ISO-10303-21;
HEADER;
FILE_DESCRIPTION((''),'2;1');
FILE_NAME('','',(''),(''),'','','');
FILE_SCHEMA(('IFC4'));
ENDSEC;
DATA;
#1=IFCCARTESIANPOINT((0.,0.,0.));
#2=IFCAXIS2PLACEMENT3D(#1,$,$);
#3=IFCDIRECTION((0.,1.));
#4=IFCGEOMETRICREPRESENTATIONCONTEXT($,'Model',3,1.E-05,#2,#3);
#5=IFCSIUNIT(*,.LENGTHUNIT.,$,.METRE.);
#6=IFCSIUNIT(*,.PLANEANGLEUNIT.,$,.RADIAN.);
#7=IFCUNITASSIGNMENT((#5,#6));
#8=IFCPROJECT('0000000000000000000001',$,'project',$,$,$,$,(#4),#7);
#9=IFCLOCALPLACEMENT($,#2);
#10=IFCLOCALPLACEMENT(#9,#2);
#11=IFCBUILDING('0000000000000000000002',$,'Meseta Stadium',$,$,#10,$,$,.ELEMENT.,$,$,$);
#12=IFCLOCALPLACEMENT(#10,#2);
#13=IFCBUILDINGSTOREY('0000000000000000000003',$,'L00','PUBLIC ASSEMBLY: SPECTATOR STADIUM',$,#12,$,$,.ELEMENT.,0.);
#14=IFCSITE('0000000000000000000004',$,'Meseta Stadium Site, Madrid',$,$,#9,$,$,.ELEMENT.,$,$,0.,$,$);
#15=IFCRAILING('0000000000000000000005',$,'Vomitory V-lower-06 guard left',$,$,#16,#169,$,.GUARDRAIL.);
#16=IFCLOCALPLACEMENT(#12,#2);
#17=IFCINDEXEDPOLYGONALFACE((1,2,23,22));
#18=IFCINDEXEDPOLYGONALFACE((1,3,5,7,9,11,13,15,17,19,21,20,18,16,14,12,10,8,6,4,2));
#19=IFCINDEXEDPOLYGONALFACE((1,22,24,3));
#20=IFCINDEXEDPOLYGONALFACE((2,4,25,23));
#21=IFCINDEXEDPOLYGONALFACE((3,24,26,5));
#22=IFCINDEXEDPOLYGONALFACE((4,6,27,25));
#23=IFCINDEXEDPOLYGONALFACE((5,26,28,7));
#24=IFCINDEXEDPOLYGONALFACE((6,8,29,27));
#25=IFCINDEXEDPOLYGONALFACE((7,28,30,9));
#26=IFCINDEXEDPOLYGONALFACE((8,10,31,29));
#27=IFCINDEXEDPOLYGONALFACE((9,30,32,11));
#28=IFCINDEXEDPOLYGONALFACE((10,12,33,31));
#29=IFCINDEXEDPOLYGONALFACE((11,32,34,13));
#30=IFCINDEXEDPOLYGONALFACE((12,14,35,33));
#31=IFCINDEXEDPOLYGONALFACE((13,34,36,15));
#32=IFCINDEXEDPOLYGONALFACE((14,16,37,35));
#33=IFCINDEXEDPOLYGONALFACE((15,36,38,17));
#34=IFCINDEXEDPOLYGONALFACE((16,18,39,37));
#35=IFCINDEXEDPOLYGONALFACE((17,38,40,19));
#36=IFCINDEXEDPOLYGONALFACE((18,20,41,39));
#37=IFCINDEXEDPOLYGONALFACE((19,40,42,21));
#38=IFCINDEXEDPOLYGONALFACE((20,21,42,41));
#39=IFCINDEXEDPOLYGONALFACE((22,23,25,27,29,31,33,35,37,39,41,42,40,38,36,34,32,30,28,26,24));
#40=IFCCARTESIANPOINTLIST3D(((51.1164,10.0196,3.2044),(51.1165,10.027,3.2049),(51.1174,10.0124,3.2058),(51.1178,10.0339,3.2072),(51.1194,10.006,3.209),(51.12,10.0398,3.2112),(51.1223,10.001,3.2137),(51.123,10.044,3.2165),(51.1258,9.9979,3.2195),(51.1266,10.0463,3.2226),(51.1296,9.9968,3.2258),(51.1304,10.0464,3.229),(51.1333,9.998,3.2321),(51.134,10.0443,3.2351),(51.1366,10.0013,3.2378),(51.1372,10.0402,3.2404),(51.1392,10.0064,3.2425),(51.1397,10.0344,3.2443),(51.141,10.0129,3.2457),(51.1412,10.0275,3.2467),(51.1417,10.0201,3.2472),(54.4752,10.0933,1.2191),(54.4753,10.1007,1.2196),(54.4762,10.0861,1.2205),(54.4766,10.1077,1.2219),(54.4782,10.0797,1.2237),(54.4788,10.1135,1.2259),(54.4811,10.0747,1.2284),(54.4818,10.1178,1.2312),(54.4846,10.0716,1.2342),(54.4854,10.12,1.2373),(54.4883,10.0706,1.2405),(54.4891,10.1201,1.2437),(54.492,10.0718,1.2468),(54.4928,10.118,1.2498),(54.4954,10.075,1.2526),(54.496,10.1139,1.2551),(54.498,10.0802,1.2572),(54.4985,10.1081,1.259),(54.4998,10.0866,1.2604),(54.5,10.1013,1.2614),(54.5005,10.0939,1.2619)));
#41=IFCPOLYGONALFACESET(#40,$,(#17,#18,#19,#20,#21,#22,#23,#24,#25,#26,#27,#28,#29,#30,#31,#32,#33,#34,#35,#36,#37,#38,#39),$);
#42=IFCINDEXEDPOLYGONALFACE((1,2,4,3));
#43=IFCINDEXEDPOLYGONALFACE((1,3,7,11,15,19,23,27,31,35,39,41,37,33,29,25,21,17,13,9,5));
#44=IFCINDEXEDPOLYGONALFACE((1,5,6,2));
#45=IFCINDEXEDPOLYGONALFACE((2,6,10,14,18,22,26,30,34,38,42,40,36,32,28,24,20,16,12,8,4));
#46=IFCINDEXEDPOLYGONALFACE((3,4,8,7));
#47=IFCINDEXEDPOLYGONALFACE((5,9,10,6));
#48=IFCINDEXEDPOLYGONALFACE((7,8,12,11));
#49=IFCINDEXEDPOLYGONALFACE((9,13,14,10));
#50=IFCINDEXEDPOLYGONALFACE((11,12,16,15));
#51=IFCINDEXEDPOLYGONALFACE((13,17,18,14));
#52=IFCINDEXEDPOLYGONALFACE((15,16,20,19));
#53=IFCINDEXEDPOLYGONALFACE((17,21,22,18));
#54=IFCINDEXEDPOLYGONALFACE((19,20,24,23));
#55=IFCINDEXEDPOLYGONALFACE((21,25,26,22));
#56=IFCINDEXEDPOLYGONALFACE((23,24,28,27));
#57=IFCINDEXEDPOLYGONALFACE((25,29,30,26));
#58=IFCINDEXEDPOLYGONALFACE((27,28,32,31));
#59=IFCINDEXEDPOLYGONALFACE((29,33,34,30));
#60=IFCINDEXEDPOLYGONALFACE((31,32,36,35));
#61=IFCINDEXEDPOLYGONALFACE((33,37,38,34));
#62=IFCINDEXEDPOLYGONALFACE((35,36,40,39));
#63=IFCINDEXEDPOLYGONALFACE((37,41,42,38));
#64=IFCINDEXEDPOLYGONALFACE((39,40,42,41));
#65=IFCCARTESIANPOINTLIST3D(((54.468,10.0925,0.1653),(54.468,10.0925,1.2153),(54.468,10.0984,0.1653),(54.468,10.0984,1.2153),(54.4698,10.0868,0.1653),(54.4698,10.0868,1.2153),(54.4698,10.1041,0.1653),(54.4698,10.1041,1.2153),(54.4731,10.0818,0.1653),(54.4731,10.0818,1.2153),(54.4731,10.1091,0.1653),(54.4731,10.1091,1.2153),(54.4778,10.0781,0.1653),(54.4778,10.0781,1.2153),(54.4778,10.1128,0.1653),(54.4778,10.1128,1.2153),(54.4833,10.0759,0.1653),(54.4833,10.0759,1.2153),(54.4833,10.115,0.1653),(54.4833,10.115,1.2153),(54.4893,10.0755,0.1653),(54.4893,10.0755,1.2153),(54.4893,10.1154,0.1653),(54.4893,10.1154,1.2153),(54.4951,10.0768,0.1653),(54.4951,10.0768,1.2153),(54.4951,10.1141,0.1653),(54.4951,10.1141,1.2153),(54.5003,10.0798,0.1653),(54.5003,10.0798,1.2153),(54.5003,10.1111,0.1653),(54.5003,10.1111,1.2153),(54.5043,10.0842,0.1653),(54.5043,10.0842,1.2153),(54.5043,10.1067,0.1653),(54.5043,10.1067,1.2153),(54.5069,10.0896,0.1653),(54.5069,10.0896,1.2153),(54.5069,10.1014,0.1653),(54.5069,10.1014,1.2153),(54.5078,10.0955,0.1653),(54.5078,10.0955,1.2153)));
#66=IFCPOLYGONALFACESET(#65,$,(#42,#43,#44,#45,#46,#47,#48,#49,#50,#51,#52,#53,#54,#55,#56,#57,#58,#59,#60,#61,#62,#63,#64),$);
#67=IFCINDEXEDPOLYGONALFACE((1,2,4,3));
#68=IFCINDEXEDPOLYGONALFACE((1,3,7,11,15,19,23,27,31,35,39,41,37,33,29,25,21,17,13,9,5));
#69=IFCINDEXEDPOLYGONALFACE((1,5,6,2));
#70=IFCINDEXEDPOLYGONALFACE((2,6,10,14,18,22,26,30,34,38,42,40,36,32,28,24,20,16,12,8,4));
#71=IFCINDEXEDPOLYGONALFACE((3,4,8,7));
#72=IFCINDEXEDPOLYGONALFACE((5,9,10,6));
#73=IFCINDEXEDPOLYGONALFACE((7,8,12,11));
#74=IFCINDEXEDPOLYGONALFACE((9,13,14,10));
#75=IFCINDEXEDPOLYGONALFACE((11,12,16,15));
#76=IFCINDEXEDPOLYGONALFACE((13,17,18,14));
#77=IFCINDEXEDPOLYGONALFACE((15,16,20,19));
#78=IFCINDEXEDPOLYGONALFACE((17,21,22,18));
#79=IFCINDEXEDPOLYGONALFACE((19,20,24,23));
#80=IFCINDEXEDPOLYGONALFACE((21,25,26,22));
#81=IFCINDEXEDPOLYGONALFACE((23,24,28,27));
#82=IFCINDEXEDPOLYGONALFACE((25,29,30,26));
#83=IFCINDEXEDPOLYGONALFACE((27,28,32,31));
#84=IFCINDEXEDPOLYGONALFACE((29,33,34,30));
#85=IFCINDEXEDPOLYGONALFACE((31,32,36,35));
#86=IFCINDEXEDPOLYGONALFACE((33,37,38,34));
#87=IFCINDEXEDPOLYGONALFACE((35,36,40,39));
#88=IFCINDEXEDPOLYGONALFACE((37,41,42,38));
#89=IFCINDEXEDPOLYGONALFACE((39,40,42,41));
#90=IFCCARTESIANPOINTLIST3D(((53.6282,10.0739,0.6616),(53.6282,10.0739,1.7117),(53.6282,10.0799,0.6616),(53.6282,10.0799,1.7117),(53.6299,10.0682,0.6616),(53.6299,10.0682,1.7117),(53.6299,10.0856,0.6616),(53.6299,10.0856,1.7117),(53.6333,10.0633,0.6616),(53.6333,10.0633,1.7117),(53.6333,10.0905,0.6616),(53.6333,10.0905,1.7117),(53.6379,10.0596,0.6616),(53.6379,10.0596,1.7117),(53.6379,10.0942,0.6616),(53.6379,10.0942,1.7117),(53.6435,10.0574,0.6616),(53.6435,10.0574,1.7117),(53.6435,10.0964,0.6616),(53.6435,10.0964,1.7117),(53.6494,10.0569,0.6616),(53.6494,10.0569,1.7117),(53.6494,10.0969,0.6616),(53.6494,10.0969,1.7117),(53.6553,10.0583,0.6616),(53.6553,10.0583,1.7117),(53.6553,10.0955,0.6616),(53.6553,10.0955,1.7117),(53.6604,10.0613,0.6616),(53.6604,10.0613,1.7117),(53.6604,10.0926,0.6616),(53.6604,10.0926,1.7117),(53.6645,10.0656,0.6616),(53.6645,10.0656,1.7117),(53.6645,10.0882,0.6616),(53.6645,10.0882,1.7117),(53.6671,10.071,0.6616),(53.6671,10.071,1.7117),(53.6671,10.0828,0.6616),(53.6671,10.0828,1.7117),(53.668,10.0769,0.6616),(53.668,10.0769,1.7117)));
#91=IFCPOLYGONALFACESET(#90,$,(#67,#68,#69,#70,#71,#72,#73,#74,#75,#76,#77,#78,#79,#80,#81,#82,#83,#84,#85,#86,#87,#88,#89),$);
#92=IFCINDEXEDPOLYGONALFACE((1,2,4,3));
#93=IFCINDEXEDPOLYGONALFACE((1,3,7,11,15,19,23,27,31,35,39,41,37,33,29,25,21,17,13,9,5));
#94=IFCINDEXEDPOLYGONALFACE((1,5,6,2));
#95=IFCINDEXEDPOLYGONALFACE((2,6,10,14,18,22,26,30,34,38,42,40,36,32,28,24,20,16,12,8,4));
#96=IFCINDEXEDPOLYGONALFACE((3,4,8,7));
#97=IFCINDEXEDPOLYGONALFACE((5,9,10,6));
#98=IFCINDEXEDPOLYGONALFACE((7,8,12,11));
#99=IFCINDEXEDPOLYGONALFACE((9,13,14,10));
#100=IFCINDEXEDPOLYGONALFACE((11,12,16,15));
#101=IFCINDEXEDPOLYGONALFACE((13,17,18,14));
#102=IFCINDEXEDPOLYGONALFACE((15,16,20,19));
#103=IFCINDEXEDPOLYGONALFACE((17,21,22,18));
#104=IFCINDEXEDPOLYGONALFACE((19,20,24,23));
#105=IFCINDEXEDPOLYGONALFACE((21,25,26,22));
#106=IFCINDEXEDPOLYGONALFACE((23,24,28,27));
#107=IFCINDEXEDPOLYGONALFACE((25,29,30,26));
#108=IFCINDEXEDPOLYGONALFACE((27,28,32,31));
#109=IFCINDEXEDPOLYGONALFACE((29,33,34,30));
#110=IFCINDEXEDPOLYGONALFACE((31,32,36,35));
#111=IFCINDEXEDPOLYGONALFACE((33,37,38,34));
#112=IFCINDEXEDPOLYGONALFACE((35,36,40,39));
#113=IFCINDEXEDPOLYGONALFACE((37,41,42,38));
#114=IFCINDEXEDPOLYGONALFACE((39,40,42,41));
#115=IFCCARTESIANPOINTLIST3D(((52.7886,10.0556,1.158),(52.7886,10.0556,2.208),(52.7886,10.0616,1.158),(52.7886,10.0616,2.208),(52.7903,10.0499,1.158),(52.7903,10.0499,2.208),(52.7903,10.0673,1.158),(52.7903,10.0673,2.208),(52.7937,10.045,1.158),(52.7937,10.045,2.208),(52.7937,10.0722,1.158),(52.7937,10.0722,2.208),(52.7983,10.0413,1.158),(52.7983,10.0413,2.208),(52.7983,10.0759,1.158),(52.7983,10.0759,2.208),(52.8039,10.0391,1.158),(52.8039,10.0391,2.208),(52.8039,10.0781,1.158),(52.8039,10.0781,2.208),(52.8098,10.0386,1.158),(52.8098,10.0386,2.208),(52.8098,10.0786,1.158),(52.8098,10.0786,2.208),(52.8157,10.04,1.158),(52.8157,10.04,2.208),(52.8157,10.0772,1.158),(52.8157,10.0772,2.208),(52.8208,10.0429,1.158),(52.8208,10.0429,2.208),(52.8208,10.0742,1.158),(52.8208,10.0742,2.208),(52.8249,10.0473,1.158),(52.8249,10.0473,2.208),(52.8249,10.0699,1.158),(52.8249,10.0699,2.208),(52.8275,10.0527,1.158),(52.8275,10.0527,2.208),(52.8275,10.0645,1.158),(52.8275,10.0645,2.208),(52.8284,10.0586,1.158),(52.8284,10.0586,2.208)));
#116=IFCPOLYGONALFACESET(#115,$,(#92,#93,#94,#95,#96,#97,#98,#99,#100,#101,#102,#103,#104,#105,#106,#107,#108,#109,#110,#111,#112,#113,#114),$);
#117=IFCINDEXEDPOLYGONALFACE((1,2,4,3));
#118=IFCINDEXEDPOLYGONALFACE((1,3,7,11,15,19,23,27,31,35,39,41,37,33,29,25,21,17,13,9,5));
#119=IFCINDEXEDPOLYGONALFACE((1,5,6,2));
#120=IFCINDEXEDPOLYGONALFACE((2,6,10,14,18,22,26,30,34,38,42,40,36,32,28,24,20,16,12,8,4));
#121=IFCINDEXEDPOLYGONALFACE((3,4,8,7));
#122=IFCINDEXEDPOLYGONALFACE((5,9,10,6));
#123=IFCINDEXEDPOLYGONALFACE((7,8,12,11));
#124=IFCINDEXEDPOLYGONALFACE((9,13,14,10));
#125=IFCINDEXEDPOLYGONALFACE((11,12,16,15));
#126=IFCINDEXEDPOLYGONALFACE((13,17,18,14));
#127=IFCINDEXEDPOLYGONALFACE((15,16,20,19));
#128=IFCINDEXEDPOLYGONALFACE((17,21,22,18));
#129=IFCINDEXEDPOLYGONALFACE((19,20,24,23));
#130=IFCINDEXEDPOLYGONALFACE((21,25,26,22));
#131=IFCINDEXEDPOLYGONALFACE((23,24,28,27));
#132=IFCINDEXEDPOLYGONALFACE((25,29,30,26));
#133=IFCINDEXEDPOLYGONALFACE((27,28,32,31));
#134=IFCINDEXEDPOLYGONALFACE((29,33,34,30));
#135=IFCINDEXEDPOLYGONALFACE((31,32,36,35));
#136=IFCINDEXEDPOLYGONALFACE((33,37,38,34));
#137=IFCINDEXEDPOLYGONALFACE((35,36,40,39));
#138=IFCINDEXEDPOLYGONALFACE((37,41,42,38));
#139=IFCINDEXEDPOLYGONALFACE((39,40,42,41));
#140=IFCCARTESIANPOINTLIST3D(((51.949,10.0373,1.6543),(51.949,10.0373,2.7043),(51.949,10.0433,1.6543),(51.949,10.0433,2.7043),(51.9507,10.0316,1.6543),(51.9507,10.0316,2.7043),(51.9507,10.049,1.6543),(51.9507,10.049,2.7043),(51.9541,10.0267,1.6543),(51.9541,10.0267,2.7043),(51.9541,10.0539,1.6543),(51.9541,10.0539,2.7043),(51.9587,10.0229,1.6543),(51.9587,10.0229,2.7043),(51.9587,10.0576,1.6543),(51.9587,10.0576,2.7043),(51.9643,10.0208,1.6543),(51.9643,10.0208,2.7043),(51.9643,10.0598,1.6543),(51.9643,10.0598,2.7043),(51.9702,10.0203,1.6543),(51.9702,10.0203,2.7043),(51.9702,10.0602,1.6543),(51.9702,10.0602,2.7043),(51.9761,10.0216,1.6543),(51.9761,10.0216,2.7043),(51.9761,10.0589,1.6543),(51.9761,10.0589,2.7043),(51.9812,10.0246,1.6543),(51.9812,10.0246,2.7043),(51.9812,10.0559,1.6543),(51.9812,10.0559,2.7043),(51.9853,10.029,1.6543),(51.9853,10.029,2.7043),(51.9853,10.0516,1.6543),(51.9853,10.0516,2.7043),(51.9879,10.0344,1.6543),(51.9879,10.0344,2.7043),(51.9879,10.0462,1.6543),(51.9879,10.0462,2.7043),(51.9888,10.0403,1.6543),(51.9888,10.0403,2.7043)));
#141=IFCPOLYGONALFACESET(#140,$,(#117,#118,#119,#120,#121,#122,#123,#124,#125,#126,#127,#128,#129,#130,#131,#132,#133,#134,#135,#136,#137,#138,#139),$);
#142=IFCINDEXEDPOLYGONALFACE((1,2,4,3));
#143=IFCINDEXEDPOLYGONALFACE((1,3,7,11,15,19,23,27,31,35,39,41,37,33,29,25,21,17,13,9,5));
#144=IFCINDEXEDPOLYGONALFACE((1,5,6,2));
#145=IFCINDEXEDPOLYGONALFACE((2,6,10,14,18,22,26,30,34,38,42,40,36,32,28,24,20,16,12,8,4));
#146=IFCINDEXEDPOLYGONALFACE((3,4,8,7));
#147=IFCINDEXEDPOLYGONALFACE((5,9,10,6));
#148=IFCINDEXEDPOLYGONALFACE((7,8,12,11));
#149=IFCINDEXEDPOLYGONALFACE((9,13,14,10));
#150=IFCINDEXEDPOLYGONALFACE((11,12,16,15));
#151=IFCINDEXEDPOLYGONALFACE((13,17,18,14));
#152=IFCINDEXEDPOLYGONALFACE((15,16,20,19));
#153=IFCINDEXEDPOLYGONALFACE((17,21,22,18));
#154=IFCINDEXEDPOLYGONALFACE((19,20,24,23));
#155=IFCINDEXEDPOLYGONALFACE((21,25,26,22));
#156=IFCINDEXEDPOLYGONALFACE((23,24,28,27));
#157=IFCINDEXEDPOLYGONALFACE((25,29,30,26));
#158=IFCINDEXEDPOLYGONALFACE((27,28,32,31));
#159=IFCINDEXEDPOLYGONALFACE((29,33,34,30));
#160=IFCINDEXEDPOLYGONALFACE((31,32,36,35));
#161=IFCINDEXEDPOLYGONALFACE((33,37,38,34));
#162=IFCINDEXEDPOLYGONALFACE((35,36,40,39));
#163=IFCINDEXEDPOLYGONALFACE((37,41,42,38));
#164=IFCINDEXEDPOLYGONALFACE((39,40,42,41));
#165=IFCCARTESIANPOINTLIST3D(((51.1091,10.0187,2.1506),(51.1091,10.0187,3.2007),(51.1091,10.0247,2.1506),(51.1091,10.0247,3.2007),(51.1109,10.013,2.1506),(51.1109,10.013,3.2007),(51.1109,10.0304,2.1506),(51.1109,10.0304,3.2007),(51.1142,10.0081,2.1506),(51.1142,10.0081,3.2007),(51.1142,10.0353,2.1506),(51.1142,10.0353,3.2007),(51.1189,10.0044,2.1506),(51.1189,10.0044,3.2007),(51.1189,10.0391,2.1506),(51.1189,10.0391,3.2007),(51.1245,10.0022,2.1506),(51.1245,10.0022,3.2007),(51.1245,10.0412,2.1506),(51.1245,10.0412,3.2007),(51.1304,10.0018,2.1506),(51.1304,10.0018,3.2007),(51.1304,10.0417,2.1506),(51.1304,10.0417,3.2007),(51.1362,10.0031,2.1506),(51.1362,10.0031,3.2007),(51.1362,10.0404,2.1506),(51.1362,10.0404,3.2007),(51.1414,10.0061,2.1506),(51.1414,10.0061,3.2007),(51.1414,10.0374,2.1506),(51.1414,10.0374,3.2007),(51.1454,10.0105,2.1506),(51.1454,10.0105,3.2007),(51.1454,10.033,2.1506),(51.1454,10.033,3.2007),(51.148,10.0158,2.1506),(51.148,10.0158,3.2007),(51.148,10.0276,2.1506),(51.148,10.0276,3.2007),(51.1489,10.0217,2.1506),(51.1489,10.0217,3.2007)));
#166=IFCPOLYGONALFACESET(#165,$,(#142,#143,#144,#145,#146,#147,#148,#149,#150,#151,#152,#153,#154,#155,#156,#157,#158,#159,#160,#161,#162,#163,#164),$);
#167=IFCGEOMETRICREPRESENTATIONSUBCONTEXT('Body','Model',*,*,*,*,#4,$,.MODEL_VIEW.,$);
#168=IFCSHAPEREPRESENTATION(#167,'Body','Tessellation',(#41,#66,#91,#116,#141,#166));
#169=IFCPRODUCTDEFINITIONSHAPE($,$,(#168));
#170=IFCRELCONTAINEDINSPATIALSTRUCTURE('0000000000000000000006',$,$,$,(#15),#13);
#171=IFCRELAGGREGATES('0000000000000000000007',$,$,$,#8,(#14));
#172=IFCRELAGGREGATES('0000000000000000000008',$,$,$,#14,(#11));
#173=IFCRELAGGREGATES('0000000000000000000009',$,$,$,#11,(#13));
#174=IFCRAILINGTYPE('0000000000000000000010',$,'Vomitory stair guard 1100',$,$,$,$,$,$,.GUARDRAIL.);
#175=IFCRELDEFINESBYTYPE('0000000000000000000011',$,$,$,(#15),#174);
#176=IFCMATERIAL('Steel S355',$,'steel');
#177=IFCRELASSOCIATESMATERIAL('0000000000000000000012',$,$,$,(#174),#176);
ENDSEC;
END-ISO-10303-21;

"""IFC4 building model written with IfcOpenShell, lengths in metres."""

from ifc_helpers import new_model, si_unit, direction, frame, origin, origin_2d, place, context, subcontext, project, spatial, circle, extrude, material, type_object, element, save


model = new_model("IFC4")

# Units and contexts
model_context = context("Model", 3, precision=1e-05, world=origin(), true_north=direction((0.0, 1.0)))
body_context = subcontext(model_context, "Body", "Model", "MODEL_VIEW")
ifc_project = project(units=[si_unit("LENGTHUNIT", "METRE"), si_unit("PLANEANGLEUNIT", "RADIAN")], contexts=[model_context])

# Site, building, storey
site_placement = place(None, origin())
site = spatial("IfcSite", under=ifc_project, at=site_placement, Name="Meseta Stadium Site, Madrid", CompositionType="ELEMENT", RefElevation=0.0)
building_placement = place(site_placement, origin())
building = spatial("IfcBuilding", under=site, at=building_placement, Name="Meseta Stadium", CompositionType="ELEMENT")
storey_placement = place(building_placement, origin())
storey = spatial("IfcBuildingStorey", under=building, at=storey_placement, Name="L00", Description="PUBLIC ASSEMBLY: SPECTATOR STADIUM", CompositionType="ELEMENT", Elevation=0.0)

# Railing
ifc_material_1 = material(Name="Steel S355", Category="steel")
railing_type_1 = type_object("IfcRailingType", Name="Vomitory stair guard 1100", PredefinedType="GUARDRAIL", material=ifc_material_1)
railing_1_placement = place(storey_placement, frame((54.4878, 10.0955, 0.1653)))
element("IfcRailing", 1, at=railing_1_placement, inside=storey, type_object=railing_type_1, Name="Vomitory V-lower-06 guard left", PredefinedType="GUARDRAIL", context=body_context, shape_type="SweptSolid", body=[
    extrude(circle(Radius=0.0249, at=origin_2d()), frame((0.0, 0.0, 1.0752), z_axis=(-0.860711, -0.018893, 0.508744), x_axis=(0.021946, -0.999759, 0.0)), (0.0, 0.0, 1.0), 3.9023),
    extrude(circle(Radius=0.02, at=origin_2d()), origin(), (0.0, 0.0, 1.0), 1.05),
    extrude(circle(Radius=0.02, at=origin_2d()), frame((-0.8398, -0.0186, 0.4963)), (0.0, 0.0, 1.0), 1.05),
    extrude(circle(Radius=0.02, at=origin_2d()), frame((-1.6794, -0.0369, 0.9927)), (0.0, 0.0, 1.0), 1.05),
    extrude(circle(Radius=0.02, at=origin_2d()), frame((-2.519, -0.0552, 1.489)), (0.0, 0.0, 1.0), 1.05),
    extrude(circle(Radius=0.02, at=origin_2d()), frame((-3.3589, -0.0737, 1.9854)), (0.0, 0.0, 1.0), 1.05),
])

save(model, "model.ifc")
